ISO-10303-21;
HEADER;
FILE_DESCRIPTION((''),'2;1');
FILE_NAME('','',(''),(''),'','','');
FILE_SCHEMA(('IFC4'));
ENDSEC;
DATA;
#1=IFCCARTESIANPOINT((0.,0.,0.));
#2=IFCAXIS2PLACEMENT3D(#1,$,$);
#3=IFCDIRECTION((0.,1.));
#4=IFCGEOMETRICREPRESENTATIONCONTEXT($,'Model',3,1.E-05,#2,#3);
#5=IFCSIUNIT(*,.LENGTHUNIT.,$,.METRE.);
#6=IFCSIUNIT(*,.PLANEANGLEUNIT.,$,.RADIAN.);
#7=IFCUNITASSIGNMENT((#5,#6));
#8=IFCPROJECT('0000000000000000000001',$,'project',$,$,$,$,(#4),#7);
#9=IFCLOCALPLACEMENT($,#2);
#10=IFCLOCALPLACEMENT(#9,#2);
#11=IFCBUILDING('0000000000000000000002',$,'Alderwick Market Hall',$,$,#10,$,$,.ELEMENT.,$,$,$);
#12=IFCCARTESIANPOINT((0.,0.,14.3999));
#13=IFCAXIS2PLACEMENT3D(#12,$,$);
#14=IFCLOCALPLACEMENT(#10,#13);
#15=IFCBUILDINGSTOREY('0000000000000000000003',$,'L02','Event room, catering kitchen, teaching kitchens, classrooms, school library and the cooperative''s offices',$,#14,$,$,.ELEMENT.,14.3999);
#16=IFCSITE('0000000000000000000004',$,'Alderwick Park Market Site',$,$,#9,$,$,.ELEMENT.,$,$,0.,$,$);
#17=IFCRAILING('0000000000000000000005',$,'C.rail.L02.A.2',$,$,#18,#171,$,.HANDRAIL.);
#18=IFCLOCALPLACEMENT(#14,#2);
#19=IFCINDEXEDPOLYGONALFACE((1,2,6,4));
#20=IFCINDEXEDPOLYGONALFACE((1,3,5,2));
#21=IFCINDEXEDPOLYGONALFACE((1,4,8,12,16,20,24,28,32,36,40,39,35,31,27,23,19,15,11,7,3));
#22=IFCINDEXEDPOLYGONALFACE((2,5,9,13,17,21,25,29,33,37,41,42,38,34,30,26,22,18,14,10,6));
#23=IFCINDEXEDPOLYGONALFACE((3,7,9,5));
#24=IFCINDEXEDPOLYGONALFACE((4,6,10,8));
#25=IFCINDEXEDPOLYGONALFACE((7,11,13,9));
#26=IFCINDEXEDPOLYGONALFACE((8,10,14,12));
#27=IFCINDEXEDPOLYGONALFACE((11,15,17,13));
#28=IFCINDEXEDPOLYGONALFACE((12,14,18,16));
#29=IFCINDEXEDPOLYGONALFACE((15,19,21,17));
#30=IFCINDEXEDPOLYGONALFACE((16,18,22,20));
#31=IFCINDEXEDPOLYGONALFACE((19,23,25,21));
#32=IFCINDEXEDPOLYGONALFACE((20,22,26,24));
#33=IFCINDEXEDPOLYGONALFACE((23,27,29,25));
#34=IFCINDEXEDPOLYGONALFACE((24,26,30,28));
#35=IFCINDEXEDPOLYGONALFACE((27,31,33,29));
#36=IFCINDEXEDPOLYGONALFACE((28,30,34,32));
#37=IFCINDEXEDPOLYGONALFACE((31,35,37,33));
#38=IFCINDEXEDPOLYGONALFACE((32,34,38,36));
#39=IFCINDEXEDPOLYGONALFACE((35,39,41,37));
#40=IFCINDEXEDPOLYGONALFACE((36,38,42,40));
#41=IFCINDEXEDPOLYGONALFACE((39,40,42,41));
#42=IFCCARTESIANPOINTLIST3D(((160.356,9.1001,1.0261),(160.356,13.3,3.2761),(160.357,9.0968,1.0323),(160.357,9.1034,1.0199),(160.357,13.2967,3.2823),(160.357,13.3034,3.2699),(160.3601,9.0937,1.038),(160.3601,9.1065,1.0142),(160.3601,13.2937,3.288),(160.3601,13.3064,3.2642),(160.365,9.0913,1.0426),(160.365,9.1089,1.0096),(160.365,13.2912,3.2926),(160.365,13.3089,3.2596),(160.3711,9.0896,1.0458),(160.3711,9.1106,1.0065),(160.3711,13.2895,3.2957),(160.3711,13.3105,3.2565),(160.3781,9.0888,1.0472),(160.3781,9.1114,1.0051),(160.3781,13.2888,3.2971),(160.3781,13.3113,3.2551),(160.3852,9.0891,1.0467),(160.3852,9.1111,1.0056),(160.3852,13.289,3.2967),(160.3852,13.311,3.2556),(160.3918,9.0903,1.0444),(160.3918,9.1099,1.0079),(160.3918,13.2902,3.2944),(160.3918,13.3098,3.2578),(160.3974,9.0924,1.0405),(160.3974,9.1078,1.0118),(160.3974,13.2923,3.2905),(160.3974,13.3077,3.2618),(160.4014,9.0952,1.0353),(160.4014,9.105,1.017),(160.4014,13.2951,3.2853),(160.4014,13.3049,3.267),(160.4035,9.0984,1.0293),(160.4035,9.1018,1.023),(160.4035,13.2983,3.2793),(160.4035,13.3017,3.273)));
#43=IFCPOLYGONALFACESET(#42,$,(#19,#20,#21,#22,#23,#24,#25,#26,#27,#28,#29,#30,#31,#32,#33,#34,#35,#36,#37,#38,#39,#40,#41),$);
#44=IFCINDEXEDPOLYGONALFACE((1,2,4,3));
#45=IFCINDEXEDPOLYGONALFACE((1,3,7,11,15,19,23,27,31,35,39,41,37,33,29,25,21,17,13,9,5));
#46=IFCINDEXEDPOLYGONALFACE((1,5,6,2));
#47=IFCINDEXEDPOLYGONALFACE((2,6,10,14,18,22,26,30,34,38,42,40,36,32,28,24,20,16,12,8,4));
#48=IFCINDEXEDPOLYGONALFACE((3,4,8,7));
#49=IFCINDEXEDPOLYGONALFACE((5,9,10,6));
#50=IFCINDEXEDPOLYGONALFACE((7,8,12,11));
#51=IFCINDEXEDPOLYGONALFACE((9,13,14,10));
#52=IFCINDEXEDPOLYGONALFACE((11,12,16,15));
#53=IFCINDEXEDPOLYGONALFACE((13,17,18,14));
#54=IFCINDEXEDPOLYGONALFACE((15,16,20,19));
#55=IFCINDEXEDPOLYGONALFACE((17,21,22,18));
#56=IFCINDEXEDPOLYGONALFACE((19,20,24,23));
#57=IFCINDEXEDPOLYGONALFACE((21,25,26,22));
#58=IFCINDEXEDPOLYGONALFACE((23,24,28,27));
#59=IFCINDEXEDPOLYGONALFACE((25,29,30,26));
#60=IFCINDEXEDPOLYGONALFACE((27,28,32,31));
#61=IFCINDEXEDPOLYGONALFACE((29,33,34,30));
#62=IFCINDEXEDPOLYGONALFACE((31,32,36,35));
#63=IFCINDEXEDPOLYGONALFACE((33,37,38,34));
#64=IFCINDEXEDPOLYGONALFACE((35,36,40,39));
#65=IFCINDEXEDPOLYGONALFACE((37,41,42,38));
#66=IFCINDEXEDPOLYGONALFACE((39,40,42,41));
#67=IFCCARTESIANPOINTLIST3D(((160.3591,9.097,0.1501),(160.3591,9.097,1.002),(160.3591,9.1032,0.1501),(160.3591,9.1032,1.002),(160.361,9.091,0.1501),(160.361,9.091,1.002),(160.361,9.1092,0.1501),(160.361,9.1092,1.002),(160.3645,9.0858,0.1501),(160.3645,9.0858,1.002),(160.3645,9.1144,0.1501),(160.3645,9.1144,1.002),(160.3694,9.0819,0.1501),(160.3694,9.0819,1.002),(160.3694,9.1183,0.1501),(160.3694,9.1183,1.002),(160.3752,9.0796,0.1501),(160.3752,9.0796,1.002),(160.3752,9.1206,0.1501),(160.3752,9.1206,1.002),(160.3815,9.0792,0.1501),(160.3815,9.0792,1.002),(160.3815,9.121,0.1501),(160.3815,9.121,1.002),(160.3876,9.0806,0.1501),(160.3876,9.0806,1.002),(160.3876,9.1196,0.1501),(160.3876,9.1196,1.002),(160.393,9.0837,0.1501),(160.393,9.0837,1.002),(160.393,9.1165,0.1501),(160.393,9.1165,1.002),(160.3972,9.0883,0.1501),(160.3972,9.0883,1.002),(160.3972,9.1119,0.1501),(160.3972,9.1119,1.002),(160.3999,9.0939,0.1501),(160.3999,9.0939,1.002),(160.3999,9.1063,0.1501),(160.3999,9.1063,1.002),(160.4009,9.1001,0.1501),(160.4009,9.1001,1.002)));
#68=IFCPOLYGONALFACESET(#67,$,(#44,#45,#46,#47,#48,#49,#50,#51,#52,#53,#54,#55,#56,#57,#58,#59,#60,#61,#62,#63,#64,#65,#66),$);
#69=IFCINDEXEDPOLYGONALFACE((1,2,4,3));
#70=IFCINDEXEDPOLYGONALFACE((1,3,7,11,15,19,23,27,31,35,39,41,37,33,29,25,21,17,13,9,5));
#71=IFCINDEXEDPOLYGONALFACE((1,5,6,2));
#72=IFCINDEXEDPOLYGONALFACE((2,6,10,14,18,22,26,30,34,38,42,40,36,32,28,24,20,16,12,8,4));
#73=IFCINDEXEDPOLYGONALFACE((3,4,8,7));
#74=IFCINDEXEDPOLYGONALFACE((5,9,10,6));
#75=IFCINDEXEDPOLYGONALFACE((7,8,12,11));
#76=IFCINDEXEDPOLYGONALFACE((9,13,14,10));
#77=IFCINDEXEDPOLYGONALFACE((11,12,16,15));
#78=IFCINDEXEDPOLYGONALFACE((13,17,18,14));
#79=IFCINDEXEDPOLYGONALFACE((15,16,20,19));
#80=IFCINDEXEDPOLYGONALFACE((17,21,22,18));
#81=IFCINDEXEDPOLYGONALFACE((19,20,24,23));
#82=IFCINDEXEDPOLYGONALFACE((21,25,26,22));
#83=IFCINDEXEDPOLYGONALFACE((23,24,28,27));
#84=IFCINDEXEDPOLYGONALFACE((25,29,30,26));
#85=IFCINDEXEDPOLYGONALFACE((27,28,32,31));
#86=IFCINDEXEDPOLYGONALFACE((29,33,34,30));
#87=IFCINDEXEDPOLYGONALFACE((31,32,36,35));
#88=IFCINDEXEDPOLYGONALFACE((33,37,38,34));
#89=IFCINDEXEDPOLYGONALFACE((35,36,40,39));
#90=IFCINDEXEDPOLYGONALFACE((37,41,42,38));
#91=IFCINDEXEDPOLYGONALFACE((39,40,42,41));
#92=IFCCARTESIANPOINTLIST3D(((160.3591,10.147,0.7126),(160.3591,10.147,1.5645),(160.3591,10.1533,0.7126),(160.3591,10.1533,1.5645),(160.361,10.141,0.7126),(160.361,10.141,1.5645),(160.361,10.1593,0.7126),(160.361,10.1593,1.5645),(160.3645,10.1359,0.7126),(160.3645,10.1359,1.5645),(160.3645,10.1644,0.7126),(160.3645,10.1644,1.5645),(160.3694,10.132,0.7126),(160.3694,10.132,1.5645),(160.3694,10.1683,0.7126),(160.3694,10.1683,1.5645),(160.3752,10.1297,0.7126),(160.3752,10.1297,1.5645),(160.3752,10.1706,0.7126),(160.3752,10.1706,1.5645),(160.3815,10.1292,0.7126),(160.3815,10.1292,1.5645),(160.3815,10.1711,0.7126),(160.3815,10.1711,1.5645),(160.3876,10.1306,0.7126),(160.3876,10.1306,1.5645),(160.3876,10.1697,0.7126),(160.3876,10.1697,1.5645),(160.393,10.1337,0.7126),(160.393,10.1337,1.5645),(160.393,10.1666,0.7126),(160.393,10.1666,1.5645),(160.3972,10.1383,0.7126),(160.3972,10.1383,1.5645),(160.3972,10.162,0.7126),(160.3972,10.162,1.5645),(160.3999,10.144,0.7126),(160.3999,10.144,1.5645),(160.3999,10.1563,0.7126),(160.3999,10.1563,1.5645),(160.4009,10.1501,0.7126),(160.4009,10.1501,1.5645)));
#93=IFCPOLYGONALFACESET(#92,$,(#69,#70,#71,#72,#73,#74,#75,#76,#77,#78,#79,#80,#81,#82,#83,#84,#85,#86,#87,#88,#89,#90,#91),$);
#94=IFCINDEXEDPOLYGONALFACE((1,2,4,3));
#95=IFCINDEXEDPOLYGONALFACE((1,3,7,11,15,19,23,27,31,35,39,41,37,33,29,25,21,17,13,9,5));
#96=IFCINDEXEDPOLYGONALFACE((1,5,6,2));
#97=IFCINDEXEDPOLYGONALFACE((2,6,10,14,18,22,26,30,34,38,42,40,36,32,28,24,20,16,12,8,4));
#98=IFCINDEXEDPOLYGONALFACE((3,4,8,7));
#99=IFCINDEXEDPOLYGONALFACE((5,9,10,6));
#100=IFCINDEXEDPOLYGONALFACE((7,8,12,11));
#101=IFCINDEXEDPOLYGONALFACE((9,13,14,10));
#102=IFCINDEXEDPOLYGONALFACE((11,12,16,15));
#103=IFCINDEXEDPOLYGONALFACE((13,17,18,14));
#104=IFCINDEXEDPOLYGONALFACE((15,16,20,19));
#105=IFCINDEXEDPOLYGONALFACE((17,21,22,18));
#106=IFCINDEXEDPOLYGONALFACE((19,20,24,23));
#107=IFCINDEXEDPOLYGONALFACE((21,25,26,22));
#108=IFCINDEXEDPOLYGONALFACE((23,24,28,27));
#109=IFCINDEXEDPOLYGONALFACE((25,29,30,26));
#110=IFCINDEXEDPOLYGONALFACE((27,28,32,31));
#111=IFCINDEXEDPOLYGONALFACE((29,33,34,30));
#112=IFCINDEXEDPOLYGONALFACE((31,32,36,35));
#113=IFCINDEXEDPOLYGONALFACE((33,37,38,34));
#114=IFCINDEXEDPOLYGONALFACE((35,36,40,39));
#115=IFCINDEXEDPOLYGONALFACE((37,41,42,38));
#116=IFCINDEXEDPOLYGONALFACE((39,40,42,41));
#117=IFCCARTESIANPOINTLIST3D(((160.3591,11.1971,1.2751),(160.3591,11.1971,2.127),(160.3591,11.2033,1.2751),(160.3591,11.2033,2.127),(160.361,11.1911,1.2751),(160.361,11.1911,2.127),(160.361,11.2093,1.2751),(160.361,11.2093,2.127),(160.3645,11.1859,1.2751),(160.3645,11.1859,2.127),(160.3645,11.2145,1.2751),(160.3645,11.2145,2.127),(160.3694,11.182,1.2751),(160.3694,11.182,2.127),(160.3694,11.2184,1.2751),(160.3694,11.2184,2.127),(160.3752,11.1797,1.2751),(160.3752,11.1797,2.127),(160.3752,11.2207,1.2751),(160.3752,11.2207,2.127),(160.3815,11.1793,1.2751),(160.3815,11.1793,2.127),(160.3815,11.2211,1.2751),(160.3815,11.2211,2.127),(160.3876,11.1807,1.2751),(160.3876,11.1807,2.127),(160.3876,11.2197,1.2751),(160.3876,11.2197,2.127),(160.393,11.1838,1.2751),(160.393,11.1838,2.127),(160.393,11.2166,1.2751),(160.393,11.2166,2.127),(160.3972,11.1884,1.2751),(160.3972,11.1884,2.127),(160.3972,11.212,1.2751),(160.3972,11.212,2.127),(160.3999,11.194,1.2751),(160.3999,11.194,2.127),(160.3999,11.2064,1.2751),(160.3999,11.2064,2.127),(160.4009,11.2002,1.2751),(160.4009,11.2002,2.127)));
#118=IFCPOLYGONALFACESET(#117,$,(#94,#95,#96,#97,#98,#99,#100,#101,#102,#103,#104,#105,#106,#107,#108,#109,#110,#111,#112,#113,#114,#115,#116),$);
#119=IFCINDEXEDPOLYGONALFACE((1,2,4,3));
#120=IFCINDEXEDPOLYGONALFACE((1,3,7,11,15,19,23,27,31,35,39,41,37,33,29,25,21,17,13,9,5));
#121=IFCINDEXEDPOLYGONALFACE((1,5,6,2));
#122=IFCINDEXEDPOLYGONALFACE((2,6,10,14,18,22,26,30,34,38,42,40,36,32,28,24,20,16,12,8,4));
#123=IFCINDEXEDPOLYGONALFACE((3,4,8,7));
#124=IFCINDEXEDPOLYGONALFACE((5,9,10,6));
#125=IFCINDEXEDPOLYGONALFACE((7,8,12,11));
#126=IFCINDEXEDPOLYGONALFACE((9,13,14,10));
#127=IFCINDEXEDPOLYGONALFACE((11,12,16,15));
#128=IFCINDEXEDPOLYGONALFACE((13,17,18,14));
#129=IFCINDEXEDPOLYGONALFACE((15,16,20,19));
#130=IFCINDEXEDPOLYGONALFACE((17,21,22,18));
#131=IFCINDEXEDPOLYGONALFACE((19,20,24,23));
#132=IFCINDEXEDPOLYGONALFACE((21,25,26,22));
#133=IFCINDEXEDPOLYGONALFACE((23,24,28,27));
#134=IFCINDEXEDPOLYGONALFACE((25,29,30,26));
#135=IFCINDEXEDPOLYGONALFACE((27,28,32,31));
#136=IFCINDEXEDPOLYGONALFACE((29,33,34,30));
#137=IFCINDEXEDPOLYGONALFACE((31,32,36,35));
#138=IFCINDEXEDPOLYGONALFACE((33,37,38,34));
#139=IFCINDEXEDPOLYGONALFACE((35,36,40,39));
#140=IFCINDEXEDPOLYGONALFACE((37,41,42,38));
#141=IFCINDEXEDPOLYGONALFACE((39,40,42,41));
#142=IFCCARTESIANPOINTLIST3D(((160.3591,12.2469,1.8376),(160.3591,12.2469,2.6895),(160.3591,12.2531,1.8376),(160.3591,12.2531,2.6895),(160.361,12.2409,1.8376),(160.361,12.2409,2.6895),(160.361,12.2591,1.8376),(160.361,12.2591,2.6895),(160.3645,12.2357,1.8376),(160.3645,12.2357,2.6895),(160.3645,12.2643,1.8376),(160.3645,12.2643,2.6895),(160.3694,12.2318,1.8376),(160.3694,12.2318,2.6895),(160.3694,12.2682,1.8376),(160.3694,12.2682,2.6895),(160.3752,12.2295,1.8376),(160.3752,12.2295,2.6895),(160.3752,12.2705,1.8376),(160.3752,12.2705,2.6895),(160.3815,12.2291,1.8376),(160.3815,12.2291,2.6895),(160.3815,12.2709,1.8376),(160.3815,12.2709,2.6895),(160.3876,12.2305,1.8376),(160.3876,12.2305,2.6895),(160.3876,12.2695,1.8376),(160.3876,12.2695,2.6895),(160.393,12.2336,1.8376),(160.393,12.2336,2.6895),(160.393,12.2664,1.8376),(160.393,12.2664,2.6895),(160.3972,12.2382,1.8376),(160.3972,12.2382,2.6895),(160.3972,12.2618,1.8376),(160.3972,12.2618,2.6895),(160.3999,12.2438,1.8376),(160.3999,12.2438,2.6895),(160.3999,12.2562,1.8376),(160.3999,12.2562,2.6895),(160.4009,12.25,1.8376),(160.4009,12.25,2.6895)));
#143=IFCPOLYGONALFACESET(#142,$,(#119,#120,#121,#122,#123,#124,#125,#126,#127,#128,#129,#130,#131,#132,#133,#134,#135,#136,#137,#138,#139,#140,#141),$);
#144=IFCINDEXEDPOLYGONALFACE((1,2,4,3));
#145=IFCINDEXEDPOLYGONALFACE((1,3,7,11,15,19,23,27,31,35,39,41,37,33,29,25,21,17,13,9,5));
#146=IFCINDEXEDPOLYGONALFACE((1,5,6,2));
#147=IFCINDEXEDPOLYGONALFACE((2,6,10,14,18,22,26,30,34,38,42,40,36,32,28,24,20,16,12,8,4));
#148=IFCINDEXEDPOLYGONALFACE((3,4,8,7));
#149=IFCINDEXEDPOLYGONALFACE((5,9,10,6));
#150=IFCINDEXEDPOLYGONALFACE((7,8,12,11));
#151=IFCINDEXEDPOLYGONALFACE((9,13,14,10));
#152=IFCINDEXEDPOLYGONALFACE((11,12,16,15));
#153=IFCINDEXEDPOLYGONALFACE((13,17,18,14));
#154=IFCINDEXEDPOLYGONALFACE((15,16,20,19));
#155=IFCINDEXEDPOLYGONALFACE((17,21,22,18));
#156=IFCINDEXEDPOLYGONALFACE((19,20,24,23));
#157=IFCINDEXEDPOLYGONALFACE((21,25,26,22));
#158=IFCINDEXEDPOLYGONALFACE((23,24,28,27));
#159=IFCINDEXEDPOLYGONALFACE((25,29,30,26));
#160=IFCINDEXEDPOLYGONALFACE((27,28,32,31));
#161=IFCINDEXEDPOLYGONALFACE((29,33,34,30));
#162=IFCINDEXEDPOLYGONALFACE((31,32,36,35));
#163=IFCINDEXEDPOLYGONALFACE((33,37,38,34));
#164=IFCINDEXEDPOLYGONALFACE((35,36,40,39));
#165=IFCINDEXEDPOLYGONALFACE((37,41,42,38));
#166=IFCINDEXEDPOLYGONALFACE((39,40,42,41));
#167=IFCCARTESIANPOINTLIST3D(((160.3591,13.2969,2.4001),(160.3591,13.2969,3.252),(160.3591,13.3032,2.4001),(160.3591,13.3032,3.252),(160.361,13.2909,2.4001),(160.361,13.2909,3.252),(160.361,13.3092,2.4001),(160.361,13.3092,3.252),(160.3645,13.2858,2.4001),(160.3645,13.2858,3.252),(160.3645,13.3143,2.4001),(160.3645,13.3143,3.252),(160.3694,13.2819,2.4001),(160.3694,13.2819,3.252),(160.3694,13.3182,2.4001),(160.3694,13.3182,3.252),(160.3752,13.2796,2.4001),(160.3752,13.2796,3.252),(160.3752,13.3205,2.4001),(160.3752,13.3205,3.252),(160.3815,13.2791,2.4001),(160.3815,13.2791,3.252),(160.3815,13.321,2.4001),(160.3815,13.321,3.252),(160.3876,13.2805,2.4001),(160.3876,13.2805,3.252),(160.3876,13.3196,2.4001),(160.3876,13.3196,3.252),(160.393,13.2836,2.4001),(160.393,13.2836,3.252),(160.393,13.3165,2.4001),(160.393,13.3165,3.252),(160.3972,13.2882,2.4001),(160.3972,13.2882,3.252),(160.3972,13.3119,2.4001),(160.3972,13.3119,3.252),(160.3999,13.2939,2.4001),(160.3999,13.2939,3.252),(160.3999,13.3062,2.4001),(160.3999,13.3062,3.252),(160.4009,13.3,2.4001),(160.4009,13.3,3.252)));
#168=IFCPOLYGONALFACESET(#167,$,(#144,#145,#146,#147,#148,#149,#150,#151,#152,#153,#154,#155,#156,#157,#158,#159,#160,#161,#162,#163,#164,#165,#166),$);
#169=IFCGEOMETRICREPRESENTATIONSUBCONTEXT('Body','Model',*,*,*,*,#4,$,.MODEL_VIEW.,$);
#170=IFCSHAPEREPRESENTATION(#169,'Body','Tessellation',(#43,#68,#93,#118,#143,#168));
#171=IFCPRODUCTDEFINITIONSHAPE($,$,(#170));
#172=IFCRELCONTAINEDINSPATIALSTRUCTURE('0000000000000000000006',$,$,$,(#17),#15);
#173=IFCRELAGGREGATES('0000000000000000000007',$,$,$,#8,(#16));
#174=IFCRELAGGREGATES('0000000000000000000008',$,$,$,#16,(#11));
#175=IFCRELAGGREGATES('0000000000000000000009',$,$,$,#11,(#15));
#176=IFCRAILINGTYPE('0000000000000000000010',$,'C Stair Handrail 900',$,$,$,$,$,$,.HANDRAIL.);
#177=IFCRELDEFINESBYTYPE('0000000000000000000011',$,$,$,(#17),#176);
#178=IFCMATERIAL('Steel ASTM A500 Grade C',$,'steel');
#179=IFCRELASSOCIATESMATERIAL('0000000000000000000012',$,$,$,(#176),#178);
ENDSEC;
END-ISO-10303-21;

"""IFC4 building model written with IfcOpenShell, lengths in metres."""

from ifc_helpers import new_model, si_unit, direction, frame, origin, origin_2d, place, context, subcontext, project, spatial, circle, extrude, material, type_object, element, save


model = new_model("IFC4")

# Units and contexts
model_context = context("Model", 3, precision=1e-05, world=origin(), true_north=direction((0.0, 1.0)))
body_context = subcontext(model_context, "Body", "Model", "MODEL_VIEW")
ifc_project = project(units=[si_unit("LENGTHUNIT", "METRE"), si_unit("PLANEANGLEUNIT", "RADIAN")], contexts=[model_context])

# Site, building, storey
site_placement = place(None, origin())
site = spatial("IfcSite", under=ifc_project, at=site_placement, Name="Alderwick Park Market Site", CompositionType="ELEMENT", RefElevation=0.0)
building_placement = place(site_placement, origin())
building = spatial("IfcBuilding", under=site, at=building_placement, Name="Alderwick Market Hall", CompositionType="ELEMENT")
storey_placement = place(building_placement, frame((0.0, 0.0, 14.3999)))
storey = spatial("IfcBuildingStorey", under=building, at=storey_placement, Name="L02", Description="Event room, catering kitchen, teaching kitchens, classrooms, school library and the cooperative's offices", CompositionType="ELEMENT", Elevation=14.3999)

# Railing
ifc_material_1 = material(Name="Steel ASTM A500 Grade C", Category="steel")
railing_type_1 = type_object("IfcRailingType", Name="C Stair Handrail 900", PredefinedType="HANDRAIL", material=ifc_material_1)
for number, where, name in (
    (1, (160.3799, 9.1001, 0.1501), "C.rail.L02.A.2"),
):
    element("IfcRailing", number, at=place(storey_placement, frame(where)), inside=storey, type_object=railing_type_1, Name=name, PredefinedType="HANDRAIL", context=body_context, shape_type="SweptSolid", body=[
        extrude(circle(Radius=0.0239, at=origin_2d()), frame((0.0, 0.0, 0.876), z_axis=(0.0, 0.881478, 0.472226), x_axis=(-1.0, 0.0, 0.0)), (0.0, 0.0, 1.0), 4.7646),
        extrude(circle(Radius=0.021, at=origin_2d()), origin(), (0.0, 0.0, 1.0), 0.8518),
        extrude(circle(Radius=0.021, at=origin_2d()), frame((0.0, 1.05, 0.5625)), (0.0, 0.0, 1.0), 0.8518),
        extrude(circle(Radius=0.021, at=origin_2d()), frame((0.0, 2.1001, 1.125)), (0.0, 0.0, 1.0), 0.8518),
        extrude(circle(Radius=0.021, at=origin_2d()), frame((0.0, 3.1499, 1.6875)), (0.0, 0.0, 1.0), 0.8518),
        extrude(circle(Radius=0.021, at=origin_2d()), frame((0.0, 4.2, 2.25)), (0.0, 0.0, 1.0), 0.8518),
    ])

save(model, "model.ifc")
